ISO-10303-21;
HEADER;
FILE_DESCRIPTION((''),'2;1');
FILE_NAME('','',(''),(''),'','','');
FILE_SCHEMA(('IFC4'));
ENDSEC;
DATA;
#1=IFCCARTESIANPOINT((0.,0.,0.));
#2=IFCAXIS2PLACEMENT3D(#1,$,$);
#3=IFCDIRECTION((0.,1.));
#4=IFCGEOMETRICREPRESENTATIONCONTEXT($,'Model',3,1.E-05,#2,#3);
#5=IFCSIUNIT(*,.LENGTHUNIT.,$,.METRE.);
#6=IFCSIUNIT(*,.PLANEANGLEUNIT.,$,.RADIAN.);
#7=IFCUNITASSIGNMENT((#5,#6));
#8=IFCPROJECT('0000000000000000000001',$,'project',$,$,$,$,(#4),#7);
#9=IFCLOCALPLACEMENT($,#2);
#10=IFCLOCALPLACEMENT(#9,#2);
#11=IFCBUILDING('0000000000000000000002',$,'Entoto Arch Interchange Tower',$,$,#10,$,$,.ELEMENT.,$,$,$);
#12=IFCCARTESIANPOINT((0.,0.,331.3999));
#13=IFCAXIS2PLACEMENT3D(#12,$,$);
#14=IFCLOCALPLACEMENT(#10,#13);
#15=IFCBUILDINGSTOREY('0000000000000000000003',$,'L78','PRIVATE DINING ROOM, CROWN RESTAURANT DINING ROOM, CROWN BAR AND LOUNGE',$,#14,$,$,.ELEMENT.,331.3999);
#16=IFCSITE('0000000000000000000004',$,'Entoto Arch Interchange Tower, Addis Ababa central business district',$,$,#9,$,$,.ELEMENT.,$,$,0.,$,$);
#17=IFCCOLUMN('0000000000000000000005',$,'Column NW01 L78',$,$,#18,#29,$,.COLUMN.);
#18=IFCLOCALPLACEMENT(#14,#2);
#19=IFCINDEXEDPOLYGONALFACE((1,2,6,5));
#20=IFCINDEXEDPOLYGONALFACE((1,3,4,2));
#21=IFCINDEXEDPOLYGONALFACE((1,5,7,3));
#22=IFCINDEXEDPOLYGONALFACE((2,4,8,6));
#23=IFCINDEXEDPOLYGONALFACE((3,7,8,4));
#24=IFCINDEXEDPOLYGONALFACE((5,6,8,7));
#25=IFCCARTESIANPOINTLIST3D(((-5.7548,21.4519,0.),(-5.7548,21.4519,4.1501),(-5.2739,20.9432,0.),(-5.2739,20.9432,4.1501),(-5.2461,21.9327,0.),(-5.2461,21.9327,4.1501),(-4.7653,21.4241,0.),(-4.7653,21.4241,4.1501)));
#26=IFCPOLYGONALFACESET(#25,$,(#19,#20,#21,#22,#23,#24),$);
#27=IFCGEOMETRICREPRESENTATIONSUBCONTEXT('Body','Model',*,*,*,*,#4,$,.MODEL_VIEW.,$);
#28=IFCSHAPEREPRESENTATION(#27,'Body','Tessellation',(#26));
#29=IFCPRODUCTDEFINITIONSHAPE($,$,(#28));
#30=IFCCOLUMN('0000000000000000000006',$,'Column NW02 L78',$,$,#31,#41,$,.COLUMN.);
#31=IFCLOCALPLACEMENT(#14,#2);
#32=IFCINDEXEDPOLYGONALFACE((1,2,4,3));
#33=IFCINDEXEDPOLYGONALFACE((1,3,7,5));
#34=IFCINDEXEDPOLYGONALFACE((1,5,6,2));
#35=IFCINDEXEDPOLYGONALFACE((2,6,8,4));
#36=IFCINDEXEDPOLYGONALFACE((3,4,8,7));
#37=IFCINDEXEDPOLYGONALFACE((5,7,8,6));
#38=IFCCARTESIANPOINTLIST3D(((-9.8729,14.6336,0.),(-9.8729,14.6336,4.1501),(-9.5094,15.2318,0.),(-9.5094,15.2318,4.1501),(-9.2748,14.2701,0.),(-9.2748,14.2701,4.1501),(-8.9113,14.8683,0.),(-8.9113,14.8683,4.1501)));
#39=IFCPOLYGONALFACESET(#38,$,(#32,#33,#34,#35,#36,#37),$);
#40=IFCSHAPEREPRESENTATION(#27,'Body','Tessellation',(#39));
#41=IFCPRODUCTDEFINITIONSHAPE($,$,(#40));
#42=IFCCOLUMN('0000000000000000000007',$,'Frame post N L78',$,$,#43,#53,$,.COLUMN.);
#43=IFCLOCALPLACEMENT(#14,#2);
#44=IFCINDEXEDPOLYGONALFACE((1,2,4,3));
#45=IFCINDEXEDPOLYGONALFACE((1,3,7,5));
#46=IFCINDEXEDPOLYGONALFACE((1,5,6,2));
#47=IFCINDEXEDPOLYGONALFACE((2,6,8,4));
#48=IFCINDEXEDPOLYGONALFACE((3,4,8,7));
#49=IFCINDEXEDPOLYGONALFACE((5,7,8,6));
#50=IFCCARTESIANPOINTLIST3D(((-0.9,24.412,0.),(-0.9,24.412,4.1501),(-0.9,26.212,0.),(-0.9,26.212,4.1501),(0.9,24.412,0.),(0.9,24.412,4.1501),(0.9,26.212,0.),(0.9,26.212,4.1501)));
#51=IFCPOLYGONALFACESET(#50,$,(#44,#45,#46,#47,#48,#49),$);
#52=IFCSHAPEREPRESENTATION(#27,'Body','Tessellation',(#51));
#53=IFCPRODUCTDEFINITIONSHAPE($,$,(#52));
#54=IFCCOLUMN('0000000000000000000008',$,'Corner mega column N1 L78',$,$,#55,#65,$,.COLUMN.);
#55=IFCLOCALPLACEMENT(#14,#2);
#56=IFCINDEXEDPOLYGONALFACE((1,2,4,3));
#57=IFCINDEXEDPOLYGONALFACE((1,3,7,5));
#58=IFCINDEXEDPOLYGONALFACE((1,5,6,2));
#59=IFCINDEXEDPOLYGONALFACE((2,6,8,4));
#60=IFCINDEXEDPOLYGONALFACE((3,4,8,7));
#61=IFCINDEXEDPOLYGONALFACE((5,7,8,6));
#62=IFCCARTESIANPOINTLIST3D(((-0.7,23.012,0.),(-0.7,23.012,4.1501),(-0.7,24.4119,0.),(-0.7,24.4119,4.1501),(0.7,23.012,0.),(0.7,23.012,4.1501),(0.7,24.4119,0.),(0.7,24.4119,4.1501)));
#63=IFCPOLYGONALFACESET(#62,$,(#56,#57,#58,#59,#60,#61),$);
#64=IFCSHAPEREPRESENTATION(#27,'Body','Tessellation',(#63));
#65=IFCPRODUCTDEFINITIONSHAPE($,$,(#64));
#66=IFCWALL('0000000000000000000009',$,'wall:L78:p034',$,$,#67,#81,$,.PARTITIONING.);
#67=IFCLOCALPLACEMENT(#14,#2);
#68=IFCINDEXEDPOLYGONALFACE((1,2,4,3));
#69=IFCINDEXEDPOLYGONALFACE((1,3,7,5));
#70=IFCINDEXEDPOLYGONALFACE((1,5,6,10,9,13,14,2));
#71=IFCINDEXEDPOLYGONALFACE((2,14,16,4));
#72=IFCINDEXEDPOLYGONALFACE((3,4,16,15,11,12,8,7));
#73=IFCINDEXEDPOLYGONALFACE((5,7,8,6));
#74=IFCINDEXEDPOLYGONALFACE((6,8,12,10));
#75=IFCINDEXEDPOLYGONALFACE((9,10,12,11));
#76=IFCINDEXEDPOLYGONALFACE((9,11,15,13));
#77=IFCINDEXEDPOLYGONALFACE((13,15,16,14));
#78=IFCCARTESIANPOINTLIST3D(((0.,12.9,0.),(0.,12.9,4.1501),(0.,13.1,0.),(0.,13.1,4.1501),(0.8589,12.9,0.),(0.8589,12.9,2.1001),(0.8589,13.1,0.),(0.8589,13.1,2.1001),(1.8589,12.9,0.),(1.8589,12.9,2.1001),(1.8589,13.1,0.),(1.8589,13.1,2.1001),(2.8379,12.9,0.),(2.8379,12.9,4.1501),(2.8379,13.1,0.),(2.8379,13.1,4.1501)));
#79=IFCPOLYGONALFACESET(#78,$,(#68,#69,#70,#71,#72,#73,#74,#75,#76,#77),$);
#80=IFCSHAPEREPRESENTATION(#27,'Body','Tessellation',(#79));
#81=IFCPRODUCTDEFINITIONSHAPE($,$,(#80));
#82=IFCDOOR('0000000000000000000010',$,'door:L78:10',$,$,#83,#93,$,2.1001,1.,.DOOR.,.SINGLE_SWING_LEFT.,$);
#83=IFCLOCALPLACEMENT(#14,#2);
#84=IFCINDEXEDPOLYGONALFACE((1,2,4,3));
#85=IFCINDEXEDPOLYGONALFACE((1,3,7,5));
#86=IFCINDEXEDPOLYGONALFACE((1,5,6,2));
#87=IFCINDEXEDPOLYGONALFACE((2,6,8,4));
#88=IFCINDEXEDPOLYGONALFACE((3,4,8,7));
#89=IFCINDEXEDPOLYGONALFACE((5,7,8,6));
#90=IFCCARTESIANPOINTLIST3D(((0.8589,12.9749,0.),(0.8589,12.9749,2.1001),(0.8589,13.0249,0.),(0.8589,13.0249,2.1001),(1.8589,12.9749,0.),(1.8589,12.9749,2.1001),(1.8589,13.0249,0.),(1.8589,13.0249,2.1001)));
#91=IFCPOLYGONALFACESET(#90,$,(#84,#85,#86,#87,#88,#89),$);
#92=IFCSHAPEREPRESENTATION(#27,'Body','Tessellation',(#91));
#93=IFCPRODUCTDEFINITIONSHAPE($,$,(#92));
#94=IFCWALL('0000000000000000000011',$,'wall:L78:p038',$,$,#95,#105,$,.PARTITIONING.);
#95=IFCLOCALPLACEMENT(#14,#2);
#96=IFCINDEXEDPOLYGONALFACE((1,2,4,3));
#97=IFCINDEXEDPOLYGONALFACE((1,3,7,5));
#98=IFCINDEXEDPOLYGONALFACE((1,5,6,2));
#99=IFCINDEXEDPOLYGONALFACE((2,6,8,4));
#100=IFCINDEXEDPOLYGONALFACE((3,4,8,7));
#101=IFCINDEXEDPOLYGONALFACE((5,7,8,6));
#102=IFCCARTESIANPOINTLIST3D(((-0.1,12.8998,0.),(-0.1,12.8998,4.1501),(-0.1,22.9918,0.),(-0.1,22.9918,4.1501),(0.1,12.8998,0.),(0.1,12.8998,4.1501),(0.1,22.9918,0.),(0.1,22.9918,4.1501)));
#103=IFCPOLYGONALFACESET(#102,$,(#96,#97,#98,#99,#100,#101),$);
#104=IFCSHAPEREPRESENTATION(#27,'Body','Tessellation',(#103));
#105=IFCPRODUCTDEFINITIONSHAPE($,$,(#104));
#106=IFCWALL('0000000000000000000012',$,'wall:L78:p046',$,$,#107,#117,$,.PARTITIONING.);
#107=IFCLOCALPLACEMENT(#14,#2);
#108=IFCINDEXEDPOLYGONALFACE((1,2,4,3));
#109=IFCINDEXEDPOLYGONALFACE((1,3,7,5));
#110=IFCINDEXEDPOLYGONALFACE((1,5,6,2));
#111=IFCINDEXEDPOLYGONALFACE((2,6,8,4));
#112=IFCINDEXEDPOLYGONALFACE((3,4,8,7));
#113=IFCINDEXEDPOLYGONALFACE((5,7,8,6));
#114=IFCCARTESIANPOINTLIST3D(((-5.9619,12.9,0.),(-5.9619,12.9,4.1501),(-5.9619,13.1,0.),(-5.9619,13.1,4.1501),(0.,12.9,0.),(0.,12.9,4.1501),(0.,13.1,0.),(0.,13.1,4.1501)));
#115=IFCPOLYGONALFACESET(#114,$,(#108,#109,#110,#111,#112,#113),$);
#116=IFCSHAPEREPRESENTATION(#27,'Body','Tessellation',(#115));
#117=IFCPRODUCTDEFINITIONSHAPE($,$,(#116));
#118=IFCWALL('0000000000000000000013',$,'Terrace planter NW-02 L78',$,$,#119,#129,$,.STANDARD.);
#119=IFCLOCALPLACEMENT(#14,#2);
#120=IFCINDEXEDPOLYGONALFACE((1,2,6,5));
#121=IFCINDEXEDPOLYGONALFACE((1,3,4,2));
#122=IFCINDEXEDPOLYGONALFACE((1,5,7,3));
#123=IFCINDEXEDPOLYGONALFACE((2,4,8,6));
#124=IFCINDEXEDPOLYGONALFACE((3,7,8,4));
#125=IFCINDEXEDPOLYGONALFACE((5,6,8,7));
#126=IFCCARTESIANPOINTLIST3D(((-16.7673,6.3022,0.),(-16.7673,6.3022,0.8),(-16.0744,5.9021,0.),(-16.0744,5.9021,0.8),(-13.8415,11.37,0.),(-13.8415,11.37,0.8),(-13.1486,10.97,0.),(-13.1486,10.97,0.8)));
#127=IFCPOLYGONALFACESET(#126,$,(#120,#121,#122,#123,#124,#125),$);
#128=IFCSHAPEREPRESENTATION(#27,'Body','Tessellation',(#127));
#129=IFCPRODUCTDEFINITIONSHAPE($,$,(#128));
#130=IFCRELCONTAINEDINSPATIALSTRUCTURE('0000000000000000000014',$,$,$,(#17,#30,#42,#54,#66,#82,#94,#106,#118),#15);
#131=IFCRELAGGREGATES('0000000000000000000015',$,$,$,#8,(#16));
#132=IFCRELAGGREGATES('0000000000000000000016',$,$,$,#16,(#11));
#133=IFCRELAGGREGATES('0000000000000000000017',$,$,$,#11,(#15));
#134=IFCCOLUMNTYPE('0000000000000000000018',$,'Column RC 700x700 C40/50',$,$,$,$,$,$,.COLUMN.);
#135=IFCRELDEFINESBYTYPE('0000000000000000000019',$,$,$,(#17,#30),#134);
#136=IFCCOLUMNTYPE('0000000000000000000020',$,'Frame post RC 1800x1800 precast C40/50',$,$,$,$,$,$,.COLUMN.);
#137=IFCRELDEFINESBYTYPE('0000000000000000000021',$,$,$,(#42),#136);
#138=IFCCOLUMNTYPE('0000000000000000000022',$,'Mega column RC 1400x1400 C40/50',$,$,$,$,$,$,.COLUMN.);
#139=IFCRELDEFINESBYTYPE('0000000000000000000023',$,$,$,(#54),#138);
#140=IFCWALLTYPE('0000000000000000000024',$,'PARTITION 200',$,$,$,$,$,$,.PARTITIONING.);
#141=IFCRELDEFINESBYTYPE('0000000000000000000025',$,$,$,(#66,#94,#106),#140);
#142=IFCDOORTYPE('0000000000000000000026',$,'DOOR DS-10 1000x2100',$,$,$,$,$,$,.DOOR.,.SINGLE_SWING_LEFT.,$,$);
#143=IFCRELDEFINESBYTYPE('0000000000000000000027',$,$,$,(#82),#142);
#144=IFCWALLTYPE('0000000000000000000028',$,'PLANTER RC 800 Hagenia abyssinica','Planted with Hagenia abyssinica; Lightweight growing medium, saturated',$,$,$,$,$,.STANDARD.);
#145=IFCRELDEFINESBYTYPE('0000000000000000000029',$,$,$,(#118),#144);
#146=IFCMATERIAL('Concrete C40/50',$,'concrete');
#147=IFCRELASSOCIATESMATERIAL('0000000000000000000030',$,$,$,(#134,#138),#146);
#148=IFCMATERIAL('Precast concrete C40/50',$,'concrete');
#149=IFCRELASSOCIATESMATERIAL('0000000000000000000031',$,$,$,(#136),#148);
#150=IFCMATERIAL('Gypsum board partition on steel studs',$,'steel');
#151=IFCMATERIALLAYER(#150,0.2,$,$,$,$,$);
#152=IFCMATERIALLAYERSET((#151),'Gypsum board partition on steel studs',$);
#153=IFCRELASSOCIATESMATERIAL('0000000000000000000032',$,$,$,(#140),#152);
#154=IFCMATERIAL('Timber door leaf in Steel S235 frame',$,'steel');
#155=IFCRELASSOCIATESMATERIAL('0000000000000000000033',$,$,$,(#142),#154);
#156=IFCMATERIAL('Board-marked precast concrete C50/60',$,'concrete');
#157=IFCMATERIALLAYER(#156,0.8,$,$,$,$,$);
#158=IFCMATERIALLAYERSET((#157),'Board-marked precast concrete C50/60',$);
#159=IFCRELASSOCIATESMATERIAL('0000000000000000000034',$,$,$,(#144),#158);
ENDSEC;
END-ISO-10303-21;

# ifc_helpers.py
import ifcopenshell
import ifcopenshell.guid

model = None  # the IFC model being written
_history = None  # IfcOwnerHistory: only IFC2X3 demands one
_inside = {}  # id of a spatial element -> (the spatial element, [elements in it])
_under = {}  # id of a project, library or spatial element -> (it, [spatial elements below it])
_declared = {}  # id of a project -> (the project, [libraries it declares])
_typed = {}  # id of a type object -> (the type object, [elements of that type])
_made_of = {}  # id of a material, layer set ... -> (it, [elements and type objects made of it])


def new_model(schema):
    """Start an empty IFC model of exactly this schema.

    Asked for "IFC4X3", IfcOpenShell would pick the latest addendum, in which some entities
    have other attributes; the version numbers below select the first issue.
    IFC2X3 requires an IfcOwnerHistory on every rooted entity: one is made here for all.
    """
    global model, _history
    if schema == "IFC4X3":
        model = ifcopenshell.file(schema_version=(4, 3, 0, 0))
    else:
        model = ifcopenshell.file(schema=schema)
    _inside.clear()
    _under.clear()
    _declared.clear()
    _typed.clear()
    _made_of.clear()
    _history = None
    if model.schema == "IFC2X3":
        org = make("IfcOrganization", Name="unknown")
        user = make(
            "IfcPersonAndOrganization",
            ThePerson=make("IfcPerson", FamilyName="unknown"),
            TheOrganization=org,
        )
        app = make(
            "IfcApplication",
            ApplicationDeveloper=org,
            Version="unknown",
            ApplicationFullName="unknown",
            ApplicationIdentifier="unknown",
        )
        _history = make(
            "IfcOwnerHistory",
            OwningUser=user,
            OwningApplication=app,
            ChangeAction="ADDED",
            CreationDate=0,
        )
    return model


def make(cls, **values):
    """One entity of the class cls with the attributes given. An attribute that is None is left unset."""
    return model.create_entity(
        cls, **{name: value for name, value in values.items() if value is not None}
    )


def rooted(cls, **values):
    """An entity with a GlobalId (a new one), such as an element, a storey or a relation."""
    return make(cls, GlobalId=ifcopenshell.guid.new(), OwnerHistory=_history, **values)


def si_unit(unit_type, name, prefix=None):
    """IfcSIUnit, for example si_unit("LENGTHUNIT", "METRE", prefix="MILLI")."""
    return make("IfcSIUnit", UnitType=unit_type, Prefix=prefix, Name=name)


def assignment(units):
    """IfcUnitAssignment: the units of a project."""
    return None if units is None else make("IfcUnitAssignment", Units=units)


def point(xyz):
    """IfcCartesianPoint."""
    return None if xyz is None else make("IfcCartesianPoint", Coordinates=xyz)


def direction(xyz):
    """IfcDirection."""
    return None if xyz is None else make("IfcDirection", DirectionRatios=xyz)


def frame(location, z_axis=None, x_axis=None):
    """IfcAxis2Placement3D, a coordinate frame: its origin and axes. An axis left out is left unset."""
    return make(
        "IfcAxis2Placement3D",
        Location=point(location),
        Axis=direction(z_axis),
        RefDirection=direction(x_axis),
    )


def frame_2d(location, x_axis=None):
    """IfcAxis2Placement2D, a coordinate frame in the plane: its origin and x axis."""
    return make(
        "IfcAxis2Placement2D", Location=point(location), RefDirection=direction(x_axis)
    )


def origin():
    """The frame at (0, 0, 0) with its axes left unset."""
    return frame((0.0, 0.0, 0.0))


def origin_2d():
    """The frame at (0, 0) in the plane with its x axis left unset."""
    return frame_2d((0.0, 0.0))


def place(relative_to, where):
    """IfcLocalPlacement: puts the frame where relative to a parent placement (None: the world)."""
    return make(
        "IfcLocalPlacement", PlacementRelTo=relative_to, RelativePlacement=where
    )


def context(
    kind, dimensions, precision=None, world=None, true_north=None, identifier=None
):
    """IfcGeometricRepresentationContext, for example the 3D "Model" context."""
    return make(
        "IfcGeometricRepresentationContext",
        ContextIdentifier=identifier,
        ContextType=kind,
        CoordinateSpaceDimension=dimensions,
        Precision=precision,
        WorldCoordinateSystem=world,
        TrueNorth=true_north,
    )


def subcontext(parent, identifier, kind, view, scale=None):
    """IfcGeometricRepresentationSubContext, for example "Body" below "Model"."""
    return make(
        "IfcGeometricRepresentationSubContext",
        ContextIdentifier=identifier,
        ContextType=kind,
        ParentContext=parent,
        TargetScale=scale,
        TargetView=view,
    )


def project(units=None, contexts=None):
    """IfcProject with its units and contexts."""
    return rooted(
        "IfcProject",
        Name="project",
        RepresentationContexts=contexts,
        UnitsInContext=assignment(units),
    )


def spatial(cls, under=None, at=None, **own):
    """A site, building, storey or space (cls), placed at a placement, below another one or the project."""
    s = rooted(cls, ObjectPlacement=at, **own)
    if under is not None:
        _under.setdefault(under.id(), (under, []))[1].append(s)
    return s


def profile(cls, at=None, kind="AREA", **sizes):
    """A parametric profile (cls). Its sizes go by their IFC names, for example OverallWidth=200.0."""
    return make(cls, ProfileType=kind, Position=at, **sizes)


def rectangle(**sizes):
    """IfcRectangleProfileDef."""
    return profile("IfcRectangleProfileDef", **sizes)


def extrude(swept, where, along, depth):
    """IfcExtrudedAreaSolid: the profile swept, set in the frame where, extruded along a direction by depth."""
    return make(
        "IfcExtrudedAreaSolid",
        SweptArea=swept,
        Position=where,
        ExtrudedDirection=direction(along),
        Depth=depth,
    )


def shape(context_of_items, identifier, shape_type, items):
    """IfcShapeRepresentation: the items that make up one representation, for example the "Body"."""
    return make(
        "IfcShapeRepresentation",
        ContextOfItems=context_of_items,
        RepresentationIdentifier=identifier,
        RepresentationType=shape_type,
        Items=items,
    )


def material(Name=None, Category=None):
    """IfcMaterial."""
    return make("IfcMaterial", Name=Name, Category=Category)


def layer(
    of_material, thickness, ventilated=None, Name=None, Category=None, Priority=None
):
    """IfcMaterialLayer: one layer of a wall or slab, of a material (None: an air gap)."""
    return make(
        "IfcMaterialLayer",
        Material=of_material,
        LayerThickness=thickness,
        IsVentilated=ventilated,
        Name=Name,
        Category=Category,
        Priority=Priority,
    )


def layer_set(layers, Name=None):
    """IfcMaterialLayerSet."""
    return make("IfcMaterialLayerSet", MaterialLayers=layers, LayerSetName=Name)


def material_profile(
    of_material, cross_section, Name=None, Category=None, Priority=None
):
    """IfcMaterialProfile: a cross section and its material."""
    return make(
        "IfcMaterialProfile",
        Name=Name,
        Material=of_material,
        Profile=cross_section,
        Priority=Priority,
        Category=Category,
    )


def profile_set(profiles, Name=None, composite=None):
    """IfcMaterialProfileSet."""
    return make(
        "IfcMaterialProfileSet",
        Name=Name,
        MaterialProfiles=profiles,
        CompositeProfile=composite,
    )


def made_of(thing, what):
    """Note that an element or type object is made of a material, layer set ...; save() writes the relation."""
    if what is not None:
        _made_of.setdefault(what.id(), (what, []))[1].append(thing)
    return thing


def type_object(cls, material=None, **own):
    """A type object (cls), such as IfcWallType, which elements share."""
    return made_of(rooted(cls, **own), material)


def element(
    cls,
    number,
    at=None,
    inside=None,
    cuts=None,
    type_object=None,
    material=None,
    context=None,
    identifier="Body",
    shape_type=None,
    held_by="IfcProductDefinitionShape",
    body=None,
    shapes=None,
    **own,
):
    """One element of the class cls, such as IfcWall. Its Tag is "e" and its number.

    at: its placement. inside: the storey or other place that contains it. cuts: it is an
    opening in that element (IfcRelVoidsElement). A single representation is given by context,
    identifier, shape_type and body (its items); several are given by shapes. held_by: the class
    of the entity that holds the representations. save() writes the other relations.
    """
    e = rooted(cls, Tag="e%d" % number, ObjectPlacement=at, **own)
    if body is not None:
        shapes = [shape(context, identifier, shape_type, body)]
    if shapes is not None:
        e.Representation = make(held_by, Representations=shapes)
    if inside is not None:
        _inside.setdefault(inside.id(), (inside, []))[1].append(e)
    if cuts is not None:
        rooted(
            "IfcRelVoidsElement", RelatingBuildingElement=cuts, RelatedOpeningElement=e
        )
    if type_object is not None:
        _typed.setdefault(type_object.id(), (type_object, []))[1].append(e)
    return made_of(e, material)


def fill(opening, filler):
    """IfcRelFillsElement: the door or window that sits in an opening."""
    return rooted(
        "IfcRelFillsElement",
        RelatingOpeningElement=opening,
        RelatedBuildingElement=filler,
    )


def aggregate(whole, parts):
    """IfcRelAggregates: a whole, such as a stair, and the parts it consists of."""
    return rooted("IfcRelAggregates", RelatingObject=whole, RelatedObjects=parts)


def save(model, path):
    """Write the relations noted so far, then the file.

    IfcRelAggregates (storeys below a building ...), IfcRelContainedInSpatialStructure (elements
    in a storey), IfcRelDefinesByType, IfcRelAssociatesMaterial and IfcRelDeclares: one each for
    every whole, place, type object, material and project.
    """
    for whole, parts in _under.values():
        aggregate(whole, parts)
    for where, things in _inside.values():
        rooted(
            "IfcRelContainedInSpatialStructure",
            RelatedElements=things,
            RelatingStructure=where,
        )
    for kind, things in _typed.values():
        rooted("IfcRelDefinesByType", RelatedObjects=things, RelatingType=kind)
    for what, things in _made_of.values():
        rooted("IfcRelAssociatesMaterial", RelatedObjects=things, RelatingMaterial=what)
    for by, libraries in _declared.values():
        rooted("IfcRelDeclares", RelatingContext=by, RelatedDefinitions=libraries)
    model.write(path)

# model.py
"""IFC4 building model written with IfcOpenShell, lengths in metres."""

from ifc_helpers import new_model, si_unit, direction, frame, frame_2d, origin, origin_2d, place, context, subcontext, project, spatial, rectangle, extrude, material, layer, layer_set, material_profile, profile_set, type_object, element, fill, save


model = new_model("IFC4")

# Units and contexts
model_context = context("Model", 3, precision=1e-05, world=origin(), true_north=direction((0.0, 1.0)))
body_context = subcontext(model_context, "Body", "Model", "MODEL_VIEW")
ifc_project = project(units=[si_unit("LENGTHUNIT", "METRE"), si_unit("PLANEANGLEUNIT", "RADIAN")], contexts=[model_context])

# Site, building, storey
site_placement = place(None, origin())
site = spatial("IfcSite", under=ifc_project, at=site_placement, Name="Entoto Arch Interchange Tower, Addis Ababa central business district", CompositionType="ELEMENT", RefElevation=0.0)
building_placement = place(site_placement, origin())
building = spatial("IfcBuilding", under=site, at=building_placement, Name="Entoto Arch Interchange Tower", CompositionType="ELEMENT")
storey_placement = place(building_placement, frame((0.0, 0.0, 331.3999)))
storey = spatial("IfcBuildingStorey", under=building, at=storey_placement, Name="L78", Description="PRIVATE DINING ROOM, CROWN RESTAURANT DINING ROOM, CROWN BAR AND LOUNGE", CompositionType="ELEMENT", Elevation=331.3999)

# Columns
ifc_material_1 = material(Name="Concrete C40/50", Category="concrete")
ifc_material_profile_1 = material_profile(ifc_material_1, rectangle(XDim=0.7, YDim=0.7, at=origin_2d()))
ifc_profile_set_1 = profile_set([ifc_material_profile_1], Name="Concrete C40/50")
column_type_1 = type_object("IfcColumnType", Name="Column RC 700x700 C40/50", PredefinedType="COLUMN", material=ifc_profile_set_1)
for number, where, z_axis, x_axis, name in (
    (1, (-5.26, 21.438, 0.0), (0.0, 0.0, 1.0), (0.726659, 0.686999, 0.0), "Column NW01 L78"),
    (2, (-9.3921, 14.751, 0.0), (0.0, 0.0, 1.0), (0.51931, 0.854586, 0.0), "Column NW02 L78"),
):
    element("IfcColumn", number, at=place(storey_placement, frame(where, z_axis=z_axis, x_axis=x_axis)), inside=storey, type_object=column_type_1, Name=name, PredefinedType="COLUMN", context=body_context, shape_type="SweptSolid", body=[
        extrude(rectangle(XDim=0.7, YDim=0.7, at=origin_2d()), origin(), (0.0, 0.0, 1.0), 4.1501),
    ])
ifc_material_2 = material(Name="Precast concrete C40/50", Category="concrete")
ifc_material_profile_2 = material_profile(ifc_material_2, rectangle(XDim=1.8, YDim=1.8, at=origin_2d()))
ifc_profile_set_2 = profile_set([ifc_material_profile_2], Name="Precast concrete C40/50")
column_type_2 = type_object("IfcColumnType", Name="Frame post RC 1800x1800 precast C40/50", PredefinedType="COLUMN", material=ifc_profile_set_2)
column_1_placement = place(storey_placement, frame((0.0, 25.312, 0.0), z_axis=(0.0, 0.0, 1.0), x_axis=(0.0, 1.0, 0.0)))
element("IfcColumn", 3, at=column_1_placement, inside=storey, type_object=column_type_2, Name="Frame post N L78", PredefinedType="COLUMN", context=body_context, shape_type="SweptSolid", body=[
    extrude(rectangle(XDim=1.8, YDim=1.8, at=origin_2d()), origin(), (0.0, 0.0, 1.0), 4.1501),
])
ifc_material_profile_3 = material_profile(ifc_material_1, rectangle(XDim=1.3999, YDim=1.3999, at=origin_2d()))
ifc_profile_set_3 = profile_set([ifc_material_profile_3], Name="Concrete C40/50")
column_type_3 = type_object("IfcColumnType", Name="Mega column RC 1400x1400 C40/50", PredefinedType="COLUMN", material=ifc_profile_set_3)
column_2_placement = place(storey_placement, frame((0.0, 23.7119, 0.0), z_axis=(0.0, 0.0, 1.0), x_axis=(0.0, 1.0, 0.0)))
element("IfcColumn", 4, at=column_2_placement, inside=storey, type_object=column_type_3, Name="Corner mega column N1 L78", PredefinedType="COLUMN", context=body_context, shape_type="SweptSolid", body=[
    extrude(rectangle(XDim=1.3999, YDim=1.3999, at=origin_2d()), origin(), (0.0, 0.0, 1.0), 4.1501),
])

# Wall, opening, door
ifc_material_3 = material(Name="Gypsum board partition on steel studs", Category="steel")
ifc_layer_1 = layer(ifc_material_3, 0.2)
ifc_layer_set_1 = layer_set([ifc_layer_1], Name="Gypsum board partition on steel studs")
wall_type_1 = type_object("IfcWallType", Name="PARTITION 200", PredefinedType="PARTITIONING", material=ifc_layer_set_1)
wall_1_placement = place(storey_placement, frame((0.0, 13.0, 0.0), z_axis=(0.0, 0.0, 1.0), x_axis=(1.0, 0.0, 0.0)))
wall_1 = element("IfcWall", 5, at=wall_1_placement, inside=storey, type_object=wall_type_1, Name="wall:L78:p034", PredefinedType="PARTITIONING", context=body_context, shape_type="SweptSolid", body=[
    extrude(rectangle(XDim=2.8379, YDim=0.2, at=frame_2d((1.4189, 0.0))), origin(), (0.0, 0.0, 1.0), 4.1501),
])
opening_1_placement = place(wall_1_placement, frame((0.8589, 0.0, 0.0)))
opening_1 = element("IfcOpeningElement", 6, at=opening_1_placement, cuts=wall_1, PredefinedType="OPENING", context=body_context, shape_type="SweptSolid", body=[
    extrude(rectangle(XDim=1.0, YDim=2.1001, at=frame_2d((0.5, 1.05))), frame((0.0, 0.1099, 0.0), z_axis=(0.0, -1.0, 0.0), x_axis=(1.0, 0.0, 0.0)), (0.0, 0.0, 1.0), 0.22),
])
ifc_material_4 = material(Name="Timber door leaf in Steel S235 frame", Category="steel")
door_type_1 = type_object("IfcDoorType", Name="DOOR DS-10 1000x2100", OperationType="SINGLE_SWING_LEFT", PredefinedType="DOOR", material=ifc_material_4)
door_1_placement = place(opening_1_placement, origin())
door_1 = element("IfcDoor", 7, at=door_1_placement, inside=storey, type_object=door_type_1, Name="door:L78:10", OperationType="SINGLE_SWING_LEFT", OverallHeight=2.1001, OverallWidth=1.0, PredefinedType="DOOR", context=body_context, shape_type="SweptSolid", body=[
    extrude(rectangle(XDim=1.0, YDim=2.1001, at=frame_2d((0.5, 1.05))), frame((0.0, 0.0249, 0.0), z_axis=(0.0, -1.0, 0.0), x_axis=(1.0, 0.0, 0.0)), (0.0, 0.0, 1.0), 0.05),
])
fill(opening_1, door_1)

# Walls
wall_2_placement = place(storey_placement, frame((0.0, 12.8999, 0.0), z_axis=(0.0, 0.0, 1.0), x_axis=(0.0, 1.0, 0.0)))
element("IfcWall", 8, at=wall_2_placement, inside=storey, type_object=wall_type_1, Name="wall:L78:p038", PredefinedType="PARTITIONING", context=body_context, shape_type="SweptSolid", body=[
    extrude(rectangle(XDim=10.092, YDim=0.2, at=frame_2d((5.0459, 0.0))), origin(), (0.0, 0.0, 1.0), 4.1501),
])
wall_3_placement = place(storey_placement, frame((-5.9619, 13.0, 0.0), z_axis=(0.0, 0.0, 1.0), x_axis=(1.0, 0.0, 0.0)))
element("IfcWall", 9, at=wall_3_placement, inside=storey, type_object=wall_type_1, Name="wall:L78:p046", PredefinedType="PARTITIONING", context=body_context, shape_type="SweptSolid", body=[
    extrude(rectangle(XDim=5.9619, YDim=0.2, at=frame_2d((2.981, 0.0))), origin(), (0.0, 0.0, 1.0), 4.1501),
])
ifc_material_5 = material(Name="Board-marked precast concrete C50/60", Category="concrete")
ifc_layer_2 = layer(ifc_material_5, 0.8)
ifc_layer_set_2 = layer_set([ifc_layer_2], Name="Board-marked precast concrete C50/60")
wall_type_2 = type_object("IfcWallType", Name="PLANTER RC 800 Hagenia abyssinica", Description="Planted with Hagenia abyssinica; Lightweight growing medium, saturated", PredefinedType="STANDARD", material=ifc_layer_set_2)
wall_4_placement = place(storey_placement, frame((-13.4951, 11.1699, 0.0), z_axis=(0.0, 0.0, 1.0), x_axis=(-0.49998, -0.866037, 0.0)))
element("IfcWall", 10, at=wall_4_placement, inside=storey, type_object=wall_type_2, Name="Terrace planter NW-02 L78", PredefinedType="STANDARD", context=body_context, shape_type="SweptSolid", body=[
    extrude(rectangle(XDim=5.8518, YDim=0.8, at=frame_2d((2.9258, 0.0))), origin(), (0.0, 0.0, 1.0), 0.8),
])

save(model, "model.ifc")
